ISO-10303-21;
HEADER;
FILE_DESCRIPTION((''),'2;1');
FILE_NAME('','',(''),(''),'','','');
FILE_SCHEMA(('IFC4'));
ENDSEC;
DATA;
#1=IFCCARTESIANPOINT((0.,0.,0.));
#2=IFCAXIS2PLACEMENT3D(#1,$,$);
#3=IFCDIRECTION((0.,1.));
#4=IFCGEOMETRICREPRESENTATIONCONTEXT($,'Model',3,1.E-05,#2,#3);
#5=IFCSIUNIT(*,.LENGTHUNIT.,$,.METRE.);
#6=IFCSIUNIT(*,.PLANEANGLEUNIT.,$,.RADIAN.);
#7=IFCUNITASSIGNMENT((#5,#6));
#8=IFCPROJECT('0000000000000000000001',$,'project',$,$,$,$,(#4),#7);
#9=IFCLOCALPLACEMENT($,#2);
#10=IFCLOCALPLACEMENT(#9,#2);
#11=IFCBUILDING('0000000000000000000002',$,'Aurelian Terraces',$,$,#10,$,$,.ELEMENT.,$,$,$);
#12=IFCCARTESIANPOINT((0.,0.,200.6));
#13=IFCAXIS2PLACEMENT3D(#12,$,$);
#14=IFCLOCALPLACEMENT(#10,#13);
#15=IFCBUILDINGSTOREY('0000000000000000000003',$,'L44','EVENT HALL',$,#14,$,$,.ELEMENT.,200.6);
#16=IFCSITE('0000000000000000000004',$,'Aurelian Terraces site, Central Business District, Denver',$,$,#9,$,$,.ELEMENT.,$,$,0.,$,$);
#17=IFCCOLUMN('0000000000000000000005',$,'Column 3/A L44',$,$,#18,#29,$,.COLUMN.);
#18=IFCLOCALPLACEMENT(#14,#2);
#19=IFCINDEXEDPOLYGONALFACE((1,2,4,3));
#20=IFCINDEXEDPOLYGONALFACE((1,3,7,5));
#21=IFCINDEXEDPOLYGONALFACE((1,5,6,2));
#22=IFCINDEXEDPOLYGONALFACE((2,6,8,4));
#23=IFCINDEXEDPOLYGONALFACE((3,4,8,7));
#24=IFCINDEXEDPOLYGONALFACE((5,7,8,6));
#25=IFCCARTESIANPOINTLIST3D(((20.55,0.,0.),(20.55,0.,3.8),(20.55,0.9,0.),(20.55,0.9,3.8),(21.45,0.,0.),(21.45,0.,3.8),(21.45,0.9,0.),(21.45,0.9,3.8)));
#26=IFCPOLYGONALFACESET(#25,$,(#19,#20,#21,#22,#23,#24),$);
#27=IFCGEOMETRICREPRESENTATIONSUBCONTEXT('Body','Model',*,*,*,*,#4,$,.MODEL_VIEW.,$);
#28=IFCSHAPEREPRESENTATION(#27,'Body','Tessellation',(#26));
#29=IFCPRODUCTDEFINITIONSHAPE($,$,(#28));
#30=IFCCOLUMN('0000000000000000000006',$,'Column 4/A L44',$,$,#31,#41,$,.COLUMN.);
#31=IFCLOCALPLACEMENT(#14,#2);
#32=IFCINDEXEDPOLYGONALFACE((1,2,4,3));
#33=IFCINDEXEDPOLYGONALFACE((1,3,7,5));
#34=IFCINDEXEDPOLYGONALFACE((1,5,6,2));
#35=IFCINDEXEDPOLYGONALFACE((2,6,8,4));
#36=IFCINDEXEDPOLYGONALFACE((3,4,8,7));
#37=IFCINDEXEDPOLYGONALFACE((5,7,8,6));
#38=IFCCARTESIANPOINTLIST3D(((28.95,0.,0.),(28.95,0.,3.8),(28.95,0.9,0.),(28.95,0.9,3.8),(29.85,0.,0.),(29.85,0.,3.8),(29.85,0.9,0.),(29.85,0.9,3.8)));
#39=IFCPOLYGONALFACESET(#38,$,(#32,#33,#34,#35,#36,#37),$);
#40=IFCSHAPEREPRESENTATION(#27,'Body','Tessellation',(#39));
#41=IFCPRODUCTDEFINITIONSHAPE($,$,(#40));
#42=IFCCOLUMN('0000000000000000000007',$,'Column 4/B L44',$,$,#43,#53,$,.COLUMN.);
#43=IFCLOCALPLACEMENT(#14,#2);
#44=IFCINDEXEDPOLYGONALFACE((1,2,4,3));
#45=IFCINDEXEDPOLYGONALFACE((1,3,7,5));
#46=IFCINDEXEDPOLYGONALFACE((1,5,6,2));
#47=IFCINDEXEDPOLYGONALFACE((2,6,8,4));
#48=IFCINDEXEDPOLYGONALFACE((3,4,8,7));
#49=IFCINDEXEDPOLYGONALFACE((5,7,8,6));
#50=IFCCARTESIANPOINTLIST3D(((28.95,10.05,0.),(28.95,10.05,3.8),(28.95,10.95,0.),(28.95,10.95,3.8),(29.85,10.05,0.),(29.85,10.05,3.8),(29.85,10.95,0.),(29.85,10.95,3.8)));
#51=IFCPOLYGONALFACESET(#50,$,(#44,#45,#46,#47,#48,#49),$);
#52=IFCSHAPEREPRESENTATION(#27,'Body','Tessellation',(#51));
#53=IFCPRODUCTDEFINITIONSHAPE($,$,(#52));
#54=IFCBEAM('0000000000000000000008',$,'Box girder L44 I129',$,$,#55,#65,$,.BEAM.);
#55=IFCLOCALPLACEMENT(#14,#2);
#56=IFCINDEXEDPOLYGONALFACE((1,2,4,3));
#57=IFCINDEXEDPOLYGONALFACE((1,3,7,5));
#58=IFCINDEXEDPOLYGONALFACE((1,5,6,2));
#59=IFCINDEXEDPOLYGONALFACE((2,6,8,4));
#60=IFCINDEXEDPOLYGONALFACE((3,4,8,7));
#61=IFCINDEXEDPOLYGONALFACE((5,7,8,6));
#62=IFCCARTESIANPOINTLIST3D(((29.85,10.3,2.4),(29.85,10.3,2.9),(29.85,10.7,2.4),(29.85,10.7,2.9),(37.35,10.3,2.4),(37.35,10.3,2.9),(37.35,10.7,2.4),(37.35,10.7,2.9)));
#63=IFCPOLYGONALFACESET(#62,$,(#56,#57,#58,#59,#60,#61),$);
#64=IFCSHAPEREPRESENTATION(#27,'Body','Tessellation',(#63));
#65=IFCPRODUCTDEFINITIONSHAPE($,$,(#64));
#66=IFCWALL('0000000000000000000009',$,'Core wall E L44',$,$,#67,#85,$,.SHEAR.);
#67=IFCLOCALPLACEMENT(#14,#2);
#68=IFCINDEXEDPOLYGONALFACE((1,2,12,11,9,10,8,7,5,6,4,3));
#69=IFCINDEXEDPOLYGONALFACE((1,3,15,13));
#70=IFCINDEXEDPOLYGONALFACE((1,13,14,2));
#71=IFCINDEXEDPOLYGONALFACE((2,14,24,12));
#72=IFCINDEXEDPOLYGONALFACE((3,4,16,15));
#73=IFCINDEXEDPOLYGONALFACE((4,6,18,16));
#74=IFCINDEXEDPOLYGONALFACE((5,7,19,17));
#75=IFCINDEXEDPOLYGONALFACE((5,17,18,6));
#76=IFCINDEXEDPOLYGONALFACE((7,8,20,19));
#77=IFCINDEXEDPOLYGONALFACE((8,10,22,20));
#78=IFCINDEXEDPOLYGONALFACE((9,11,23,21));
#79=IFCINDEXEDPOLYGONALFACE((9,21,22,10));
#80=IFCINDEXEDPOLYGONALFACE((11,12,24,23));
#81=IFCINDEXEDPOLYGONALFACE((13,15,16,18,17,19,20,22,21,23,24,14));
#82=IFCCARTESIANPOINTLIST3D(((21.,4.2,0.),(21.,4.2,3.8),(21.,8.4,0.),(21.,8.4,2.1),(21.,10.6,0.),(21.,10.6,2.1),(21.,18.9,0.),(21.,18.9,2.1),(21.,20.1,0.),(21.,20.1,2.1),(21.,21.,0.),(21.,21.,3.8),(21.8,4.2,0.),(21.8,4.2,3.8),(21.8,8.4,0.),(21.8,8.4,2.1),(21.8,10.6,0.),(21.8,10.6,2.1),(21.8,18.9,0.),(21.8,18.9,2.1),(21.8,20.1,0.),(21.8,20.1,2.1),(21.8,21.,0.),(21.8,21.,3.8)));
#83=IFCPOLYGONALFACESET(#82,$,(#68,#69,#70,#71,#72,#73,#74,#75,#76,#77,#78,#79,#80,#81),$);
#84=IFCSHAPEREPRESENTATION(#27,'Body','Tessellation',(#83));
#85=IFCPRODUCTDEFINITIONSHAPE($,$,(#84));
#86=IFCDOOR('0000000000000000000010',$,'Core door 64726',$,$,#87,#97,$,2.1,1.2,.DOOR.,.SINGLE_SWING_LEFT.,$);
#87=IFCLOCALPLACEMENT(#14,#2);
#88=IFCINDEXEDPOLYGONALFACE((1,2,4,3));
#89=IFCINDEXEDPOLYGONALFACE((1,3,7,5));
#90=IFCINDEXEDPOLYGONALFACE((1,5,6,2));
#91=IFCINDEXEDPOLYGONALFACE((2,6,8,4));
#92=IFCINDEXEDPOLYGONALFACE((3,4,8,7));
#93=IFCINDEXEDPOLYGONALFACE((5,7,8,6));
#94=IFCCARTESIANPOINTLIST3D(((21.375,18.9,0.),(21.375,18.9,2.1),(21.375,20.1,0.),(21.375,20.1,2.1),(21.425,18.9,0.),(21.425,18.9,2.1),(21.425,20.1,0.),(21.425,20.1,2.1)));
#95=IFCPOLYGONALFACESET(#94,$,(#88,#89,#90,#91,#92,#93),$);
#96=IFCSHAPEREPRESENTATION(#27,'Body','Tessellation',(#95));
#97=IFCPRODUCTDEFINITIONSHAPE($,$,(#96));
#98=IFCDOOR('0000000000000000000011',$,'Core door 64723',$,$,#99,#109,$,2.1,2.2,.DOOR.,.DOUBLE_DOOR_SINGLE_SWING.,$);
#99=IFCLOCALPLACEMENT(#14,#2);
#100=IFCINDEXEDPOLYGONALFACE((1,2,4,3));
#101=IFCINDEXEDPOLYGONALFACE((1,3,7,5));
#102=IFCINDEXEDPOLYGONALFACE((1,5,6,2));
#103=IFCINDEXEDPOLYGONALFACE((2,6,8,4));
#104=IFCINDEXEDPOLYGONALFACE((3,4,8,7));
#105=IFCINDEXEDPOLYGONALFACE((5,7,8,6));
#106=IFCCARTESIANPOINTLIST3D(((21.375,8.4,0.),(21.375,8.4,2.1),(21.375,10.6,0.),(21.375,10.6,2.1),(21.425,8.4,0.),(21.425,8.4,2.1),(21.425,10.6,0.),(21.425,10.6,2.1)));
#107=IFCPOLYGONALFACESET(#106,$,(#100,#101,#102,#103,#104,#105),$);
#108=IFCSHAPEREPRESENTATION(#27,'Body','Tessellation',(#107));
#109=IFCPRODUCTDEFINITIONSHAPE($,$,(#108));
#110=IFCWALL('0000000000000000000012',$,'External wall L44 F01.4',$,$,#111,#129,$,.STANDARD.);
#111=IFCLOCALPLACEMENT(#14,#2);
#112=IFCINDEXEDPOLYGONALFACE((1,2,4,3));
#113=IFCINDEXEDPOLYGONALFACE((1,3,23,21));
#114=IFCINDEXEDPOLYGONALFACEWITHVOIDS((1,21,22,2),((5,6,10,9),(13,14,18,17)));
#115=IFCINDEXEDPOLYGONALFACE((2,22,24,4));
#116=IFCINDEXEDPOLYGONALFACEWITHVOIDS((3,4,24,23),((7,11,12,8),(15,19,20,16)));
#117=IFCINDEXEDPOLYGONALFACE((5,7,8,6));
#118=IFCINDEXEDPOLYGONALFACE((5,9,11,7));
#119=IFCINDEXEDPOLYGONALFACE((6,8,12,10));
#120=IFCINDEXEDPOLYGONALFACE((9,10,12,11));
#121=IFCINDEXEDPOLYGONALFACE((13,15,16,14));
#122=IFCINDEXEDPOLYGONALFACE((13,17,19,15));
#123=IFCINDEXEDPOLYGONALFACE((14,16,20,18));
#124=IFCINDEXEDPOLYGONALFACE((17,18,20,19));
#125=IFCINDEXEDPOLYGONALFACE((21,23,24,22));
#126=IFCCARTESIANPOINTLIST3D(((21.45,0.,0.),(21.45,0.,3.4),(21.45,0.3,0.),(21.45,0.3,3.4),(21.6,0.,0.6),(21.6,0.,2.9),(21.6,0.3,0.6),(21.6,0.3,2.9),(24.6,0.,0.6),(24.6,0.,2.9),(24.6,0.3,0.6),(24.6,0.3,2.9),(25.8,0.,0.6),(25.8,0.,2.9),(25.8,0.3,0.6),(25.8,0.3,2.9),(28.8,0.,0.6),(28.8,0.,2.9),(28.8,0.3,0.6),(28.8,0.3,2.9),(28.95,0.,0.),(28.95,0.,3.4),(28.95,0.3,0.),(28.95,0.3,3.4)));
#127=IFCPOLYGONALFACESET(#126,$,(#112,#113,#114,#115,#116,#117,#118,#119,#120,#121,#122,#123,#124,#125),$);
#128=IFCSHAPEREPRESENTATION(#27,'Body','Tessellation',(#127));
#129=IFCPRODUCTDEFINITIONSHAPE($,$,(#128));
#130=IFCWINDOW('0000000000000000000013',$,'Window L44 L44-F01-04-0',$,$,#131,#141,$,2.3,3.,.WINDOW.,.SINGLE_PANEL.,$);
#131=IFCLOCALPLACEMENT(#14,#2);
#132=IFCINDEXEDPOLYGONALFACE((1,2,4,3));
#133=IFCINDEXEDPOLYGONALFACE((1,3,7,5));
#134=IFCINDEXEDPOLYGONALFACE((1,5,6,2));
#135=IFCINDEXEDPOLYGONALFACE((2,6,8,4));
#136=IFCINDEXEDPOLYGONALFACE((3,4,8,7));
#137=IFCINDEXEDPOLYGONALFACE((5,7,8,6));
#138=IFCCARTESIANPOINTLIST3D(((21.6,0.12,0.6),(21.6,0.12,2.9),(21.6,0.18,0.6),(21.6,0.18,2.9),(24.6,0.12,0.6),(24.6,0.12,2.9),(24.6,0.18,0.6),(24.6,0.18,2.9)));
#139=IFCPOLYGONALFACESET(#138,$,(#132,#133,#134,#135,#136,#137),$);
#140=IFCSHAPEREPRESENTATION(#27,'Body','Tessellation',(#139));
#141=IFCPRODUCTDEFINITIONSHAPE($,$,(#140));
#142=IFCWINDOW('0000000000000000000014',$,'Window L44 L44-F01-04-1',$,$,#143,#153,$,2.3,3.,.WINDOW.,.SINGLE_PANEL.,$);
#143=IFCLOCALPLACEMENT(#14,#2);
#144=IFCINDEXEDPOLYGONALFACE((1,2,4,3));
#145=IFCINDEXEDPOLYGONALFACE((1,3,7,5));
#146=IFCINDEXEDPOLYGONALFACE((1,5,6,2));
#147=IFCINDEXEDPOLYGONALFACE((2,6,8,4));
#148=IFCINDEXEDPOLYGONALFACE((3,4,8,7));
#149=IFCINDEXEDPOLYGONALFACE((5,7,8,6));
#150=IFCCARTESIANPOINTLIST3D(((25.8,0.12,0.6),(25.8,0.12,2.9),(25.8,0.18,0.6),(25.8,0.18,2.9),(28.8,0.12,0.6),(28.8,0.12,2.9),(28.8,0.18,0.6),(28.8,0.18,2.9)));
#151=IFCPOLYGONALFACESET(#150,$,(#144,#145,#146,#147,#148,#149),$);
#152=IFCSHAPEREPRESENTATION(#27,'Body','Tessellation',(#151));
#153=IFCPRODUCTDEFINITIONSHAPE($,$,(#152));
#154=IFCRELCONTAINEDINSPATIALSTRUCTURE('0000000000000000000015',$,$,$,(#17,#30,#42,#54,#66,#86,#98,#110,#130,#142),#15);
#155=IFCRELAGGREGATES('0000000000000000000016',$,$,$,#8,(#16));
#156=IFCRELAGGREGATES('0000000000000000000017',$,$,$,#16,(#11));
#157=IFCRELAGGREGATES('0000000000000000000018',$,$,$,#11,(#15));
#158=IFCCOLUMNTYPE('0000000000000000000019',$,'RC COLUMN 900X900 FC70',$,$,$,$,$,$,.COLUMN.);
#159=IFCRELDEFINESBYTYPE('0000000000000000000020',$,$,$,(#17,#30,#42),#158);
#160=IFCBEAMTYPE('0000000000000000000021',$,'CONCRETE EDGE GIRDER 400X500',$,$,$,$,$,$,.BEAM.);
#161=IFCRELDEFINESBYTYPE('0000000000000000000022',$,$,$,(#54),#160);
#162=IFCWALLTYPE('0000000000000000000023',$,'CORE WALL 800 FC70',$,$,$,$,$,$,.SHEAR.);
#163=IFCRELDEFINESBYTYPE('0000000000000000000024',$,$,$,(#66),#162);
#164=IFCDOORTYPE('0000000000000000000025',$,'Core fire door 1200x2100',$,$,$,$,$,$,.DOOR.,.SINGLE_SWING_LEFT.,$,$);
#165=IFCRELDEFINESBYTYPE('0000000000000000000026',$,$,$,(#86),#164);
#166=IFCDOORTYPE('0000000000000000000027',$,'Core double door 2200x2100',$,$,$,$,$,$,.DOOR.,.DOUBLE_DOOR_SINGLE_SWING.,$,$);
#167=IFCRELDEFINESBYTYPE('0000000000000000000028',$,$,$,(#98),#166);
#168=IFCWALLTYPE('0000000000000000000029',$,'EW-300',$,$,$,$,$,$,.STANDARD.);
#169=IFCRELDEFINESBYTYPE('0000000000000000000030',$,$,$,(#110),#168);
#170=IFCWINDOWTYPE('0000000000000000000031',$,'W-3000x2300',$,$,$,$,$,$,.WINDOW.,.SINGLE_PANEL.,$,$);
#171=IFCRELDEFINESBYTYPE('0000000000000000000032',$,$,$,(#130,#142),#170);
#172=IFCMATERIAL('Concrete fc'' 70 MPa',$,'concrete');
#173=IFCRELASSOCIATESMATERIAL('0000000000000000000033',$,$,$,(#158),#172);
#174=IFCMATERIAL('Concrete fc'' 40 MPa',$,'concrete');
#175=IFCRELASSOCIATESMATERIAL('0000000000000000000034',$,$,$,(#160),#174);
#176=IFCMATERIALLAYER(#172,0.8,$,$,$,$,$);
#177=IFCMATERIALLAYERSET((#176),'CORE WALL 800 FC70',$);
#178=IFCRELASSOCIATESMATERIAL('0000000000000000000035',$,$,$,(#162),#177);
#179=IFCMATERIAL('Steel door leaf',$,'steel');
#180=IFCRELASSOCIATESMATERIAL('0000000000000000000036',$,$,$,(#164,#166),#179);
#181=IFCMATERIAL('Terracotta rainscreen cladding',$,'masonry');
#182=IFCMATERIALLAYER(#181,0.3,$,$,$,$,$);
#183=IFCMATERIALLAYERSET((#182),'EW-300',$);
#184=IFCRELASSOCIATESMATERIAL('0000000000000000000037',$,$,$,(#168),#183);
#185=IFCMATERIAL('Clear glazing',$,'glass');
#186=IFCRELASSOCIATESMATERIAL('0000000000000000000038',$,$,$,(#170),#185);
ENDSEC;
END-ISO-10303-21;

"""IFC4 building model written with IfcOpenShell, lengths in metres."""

from ifc_helpers import new_model, si_unit, direction, frame, frame_2d, origin, origin_2d, place, context, subcontext, project, spatial, rectangle, extrude, source, transform, mapped, material, layer, layer_set, material_profile, profile_set, type_object, element, fill, save


model = new_model("IFC4")

# Units and contexts
model_context = context("Model", 3, precision=1e-05, world=origin(), true_north=direction((0.0, 1.0)))
body_context = subcontext(model_context, "Body", "Model", "MODEL_VIEW")
ifc_project = project(units=[si_unit("LENGTHUNIT", "METRE"), si_unit("PLANEANGLEUNIT", "RADIAN")], contexts=[model_context])

# Site, building, storey
site_placement = place(None, origin())
site = spatial("IfcSite", under=ifc_project, at=site_placement, Name="Aurelian Terraces site, Central Business District, Denver", CompositionType="ELEMENT", RefElevation=0.0)
building_placement = place(site_placement, origin())
building = spatial("IfcBuilding", under=site, at=building_placement, Name="Aurelian Terraces", CompositionType="ELEMENT")
storey_placement = place(building_placement, frame((0.0, 0.0, 200.6)))
storey = spatial("IfcBuildingStorey", under=building, at=storey_placement, Name="L44", Description="EVENT HALL", CompositionType="ELEMENT", Elevation=200.6)

# Columns
ifc_material_1 = material(Name="Concrete fc' 70 MPa", Category="concrete")
ifc_material_profile_1 = material_profile(ifc_material_1, rectangle(XDim=0.9, YDim=0.9, at=origin_2d()))
ifc_profile_set_1 = profile_set([ifc_material_profile_1], Name="Concrete fc' 70 MPa")
column_type = type_object("IfcColumnType", Name="RC COLUMN 900X900 FC70", PredefinedType="COLUMN", material=ifc_profile_set_1)
shared_shape_1 = source(origin(), body_context, "Body", "SweptSolid", [
    extrude(rectangle(XDim=0.9, YDim=0.9, at=origin_2d()), origin(), (0.0, 0.0, 1.0), 3.8),
])
for number, where, z_axis, x_axis, name in (
    (1, (21.0, 0.45, 0.0), (0.0, 0.0, 1.0), (1.0, 0.0, 0.0), "Column 3/A L44"),
    (2, (29.4, 0.45, 0.0), (0.0, 0.0, 1.0), (1.0, 0.0, 0.0), "Column 4/A L44"),
    (3, (29.4, 10.5, 0.0), (0.0, 0.0, 1.0), (1.0, 0.0, 0.0), "Column 4/B L44"),
):
    element("IfcColumn", number, at=place(storey_placement, frame(where, z_axis=z_axis, x_axis=x_axis)), inside=storey, type_object=column_type, Name=name, PredefinedType="COLUMN", context=body_context, shape_type="MappedRepresentation", body=[
        mapped(shared_shape_1, transform((0.0, 0.0, 0.0), scale=1.0)),
    ])

# Beam
ifc_material_2 = material(Name="Concrete fc' 40 MPa", Category="concrete")
ifc_material_profile_2 = material_profile(ifc_material_2, rectangle(XDim=0.4, YDim=0.5, at=origin_2d()))
ifc_profile_set_2 = profile_set([ifc_material_profile_2], Name="Concrete fc' 40 MPa")
beam_type = type_object("IfcBeamType", Name="CONCRETE EDGE GIRDER 400X500", PredefinedType="BEAM", material=ifc_profile_set_2)
shared_shape_2 = source(origin(), body_context, "Body", "SweptSolid", [
    extrude(rectangle(XDim=0.4, YDim=0.5, at=origin_2d()), origin(), (0.0, 0.0, 1.0), 7.5),
])
beam_placement = place(storey_placement, frame((29.85, 10.5, 2.65), z_axis=(1.0, 0.0, 0.0), x_axis=(0.0, 1.0, 0.0)))
element("IfcBeam", 4, at=beam_placement, inside=storey, type_object=beam_type, Name="Box girder L44 I129", PredefinedType="BEAM", context=body_context, shape_type="MappedRepresentation", body=[
    mapped(shared_shape_2, transform((0.0, 0.0, 0.0), scale=1.0)),
])

# Wall, openings, doors
ifc_layer_1 = layer(ifc_material_1, 0.8)
ifc_layer_set_1 = layer_set([ifc_layer_1], Name="CORE WALL 800 FC70")
wall_type_1 = type_object("IfcWallType", Name="CORE WALL 800 FC70", PredefinedType="SHEAR", material=ifc_layer_set_1)
shared_shape_3 = source(origin(), body_context, "Body", "SweptSolid", [
    extrude(rectangle(XDim=16.8, YDim=0.8, at=frame_2d((8.4, 0.0))), origin(), (0.0, 0.0, 1.0), 3.8),
])
wall_1_placement = place(storey_placement, frame((21.4, 4.2, 0.0), z_axis=(0.0, 0.0, 1.0), x_axis=(0.0, 1.0, 0.0)))
wall_1 = element("IfcWall", 5, at=wall_1_placement, inside=storey, type_object=wall_type_1, Name="Core wall E L44", PredefinedType="SHEAR", context=body_context, shape_type="MappedRepresentation", body=[
    mapped(shared_shape_3, transform((0.0, 0.0, 0.0), scale=1.0)),
])
shared_shape_4 = source(origin(), body_context, "Body", "SweptSolid", [
    extrude(rectangle(XDim=2.2, YDim=2.1, at=frame_2d((1.1, 1.05))), frame((0.0, 0.41, 0.0), z_axis=(0.0, -1.0, 0.0), x_axis=(1.0, 0.0, 0.0)), (0.0, 0.0, 1.0), 0.82),
])
opening_1_placement = place(wall_1_placement, frame((4.2, 0.0, 0.0)))
opening_1 = element("IfcOpeningElement", 6, at=opening_1_placement, cuts=wall_1, PredefinedType="OPENING", context=body_context, shape_type="MappedRepresentation", body=[
    mapped(shared_shape_4, transform((0.0, 0.0, 0.0), scale=1.0)),
])
shared_shape_5 = source(origin(), body_context, "Body", "SweptSolid", [
    extrude(rectangle(XDim=1.2, YDim=2.1, at=frame_2d((0.6, 1.05))), frame((0.0, 0.41, 0.0), z_axis=(0.0, -1.0, 0.0), x_axis=(1.0, 0.0, 0.0)), (0.0, 0.0, 1.0), 0.82),
])
opening_2_placement = place(wall_1_placement, frame((14.7, 0.0, 0.0)))
opening_2 = element("IfcOpeningElement", 7, at=opening_2_placement, cuts=wall_1, PredefinedType="OPENING", context=body_context, shape_type="MappedRepresentation", body=[
    mapped(shared_shape_5, transform((0.0, 0.0, 0.0), scale=1.0)),
])
ifc_material_3 = material(Name="Steel door leaf", Category="steel")
door_type_1 = type_object("IfcDoorType", Name="Core fire door 1200x2100", OperationType="SINGLE_SWING_LEFT", PredefinedType="DOOR", material=ifc_material_3)
shared_shape_6 = source(origin(), body_context, "Body", "SweptSolid", [
    extrude(rectangle(XDim=1.2, YDim=2.1, at=frame_2d((0.6, 1.05))), frame((0.0, 0.025, 0.0), z_axis=(0.0, -1.0, 0.0), x_axis=(1.0, 0.0, 0.0)), (0.0, 0.0, 1.0), 0.05),
])
door_1_placement = place(opening_2_placement, origin())
door_1 = element("IfcDoor", 8, at=door_1_placement, inside=storey, type_object=door_type_1, Name="Core door 64726", OperationType="SINGLE_SWING_LEFT", OverallHeight=2.1, OverallWidth=1.2, PredefinedType="DOOR", context=body_context, shape_type="MappedRepresentation", body=[
    mapped(shared_shape_6, transform((0.0, 0.0, 0.0), scale=1.0)),
])
fill(opening_2, door_1)
door_type_2 = type_object("IfcDoorType", Name="Core double door 2200x2100", OperationType="DOUBLE_DOOR_SINGLE_SWING", PredefinedType="DOOR", material=ifc_material_3)
shared_shape_7 = source(origin(), body_context, "Body", "SweptSolid", [
    extrude(rectangle(XDim=2.2, YDim=2.1, at=frame_2d((1.1, 1.05))), frame((0.0, 0.025, 0.0), z_axis=(0.0, -1.0, 0.0), x_axis=(1.0, 0.0, 0.0)), (0.0, 0.0, 1.0), 0.05),
])
door_2_placement = place(opening_1_placement, origin())
door_2 = element("IfcDoor", 9, at=door_2_placement, inside=storey, type_object=door_type_2, Name="Core door 64723", OperationType="DOUBLE_DOOR_SINGLE_SWING", OverallHeight=2.1, OverallWidth=2.2, PredefinedType="DOOR", context=body_context, shape_type="MappedRepresentation", body=[
    mapped(shared_shape_7, transform((0.0, 0.0, 0.0), scale=1.0)),
])
fill(opening_1, door_2)

# Wall, openings, windows
ifc_material_4 = material(Name="Terracotta rainscreen cladding", Category="masonry")
ifc_layer_2 = layer(ifc_material_4, 0.3)
ifc_layer_set_2 = layer_set([ifc_layer_2], Name="EW-300")
wall_type_2 = type_object("IfcWallType", Name="EW-300", PredefinedType="STANDARD", material=ifc_layer_set_2)
shared_shape_8 = source(origin(), body_context, "Body", "SweptSolid", [
    extrude(rectangle(XDim=7.5, YDim=0.3, at=frame_2d((3.75, 0.0))), origin(), (0.0, 0.0, 1.0), 3.4),
])
wall_2_placement = place(storey_placement, frame((21.45, 0.15, 0.0), z_axis=(0.0, 0.0, 1.0), x_axis=(1.0, 0.0, 0.0)))
wall_2 = element("IfcWall", 10, at=wall_2_placement, inside=storey, type_object=wall_type_2, Name="External wall L44 F01.4", PredefinedType="STANDARD", context=body_context, shape_type="MappedRepresentation", body=[
    mapped(shared_shape_8, transform((0.0, 0.0, 0.0), scale=1.0)),
])
shared_shape_9 = source(origin(), body_context, "Body", "SweptSolid", [
    extrude(rectangle(XDim=3.0, YDim=2.3, at=frame_2d((1.5, 1.15))), frame((0.0, 0.16, 0.0), z_axis=(0.0, -1.0, 0.0), x_axis=(1.0, 0.0, 0.0)), (0.0, 0.0, 1.0), 0.32),
])
opening_3_placement = place(wall_2_placement, frame((0.15, 0.0, 0.6)))
opening_3 = element("IfcOpeningElement", 11, at=opening_3_placement, cuts=wall_2, PredefinedType="OPENING", context=body_context, shape_type="MappedRepresentation", body=[
    mapped(shared_shape_9, transform((0.0, 0.0, 0.0), scale=1.0)),
])
opening_4_placement = place(wall_2_placement, frame((4.35, 0.0, 0.6)))
opening_4 = element("IfcOpeningElement", 12, at=opening_4_placement, cuts=wall_2, PredefinedType="OPENING", context=body_context, shape_type="MappedRepresentation", body=[
    mapped(shared_shape_9, transform((0.0, 0.0, 0.0), scale=1.0)),
])
ifc_material_5 = material(Name="Clear glazing", Category="glass")
window_type_1 = type_object("IfcWindowType", Name="W-3000x2300", PartitioningType="SINGLE_PANEL", PredefinedType="WINDOW", material=ifc_material_5)
shared_shape_10 = source(origin(), body_context, "Body", "SweptSolid", [
    extrude(rectangle(XDim=3.0, YDim=2.3, at=frame_2d((1.5, 1.15))), frame((0.0, 0.03, 0.0), z_axis=(0.0, -1.0, 0.0), x_axis=(1.0, 0.0, 0.0)), (0.0, 0.0, 1.0), 0.06),
])
window_1_placement = place(opening_3_placement, origin())
window_1 = element("IfcWindow", 13, at=window_1_placement, inside=storey, type_object=window_type_1, Name="Window L44 L44-F01-04-0", OverallHeight=2.3, OverallWidth=3.0, PartitioningType="SINGLE_PANEL", PredefinedType="WINDOW", context=body_context, shape_type="MappedRepresentation", body=[
    mapped(shared_shape_10, transform((0.0, 0.0, 0.0), scale=1.0)),
])
fill(opening_3, window_1)
window_2_placement = place(opening_4_placement, origin())
window_2 = element("IfcWindow", 14, at=window_2_placement, inside=storey, type_object=window_type_1, Name="Window L44 L44-F01-04-1", OverallHeight=2.3, OverallWidth=3.0, PartitioningType="SINGLE_PANEL", PredefinedType="WINDOW", context=body_context, shape_type="MappedRepresentation", body=[
    mapped(shared_shape_10, transform((0.0, 0.0, 0.0), scale=1.0)),
])
fill(opening_4, window_2)

save(model, "model.ifc")
